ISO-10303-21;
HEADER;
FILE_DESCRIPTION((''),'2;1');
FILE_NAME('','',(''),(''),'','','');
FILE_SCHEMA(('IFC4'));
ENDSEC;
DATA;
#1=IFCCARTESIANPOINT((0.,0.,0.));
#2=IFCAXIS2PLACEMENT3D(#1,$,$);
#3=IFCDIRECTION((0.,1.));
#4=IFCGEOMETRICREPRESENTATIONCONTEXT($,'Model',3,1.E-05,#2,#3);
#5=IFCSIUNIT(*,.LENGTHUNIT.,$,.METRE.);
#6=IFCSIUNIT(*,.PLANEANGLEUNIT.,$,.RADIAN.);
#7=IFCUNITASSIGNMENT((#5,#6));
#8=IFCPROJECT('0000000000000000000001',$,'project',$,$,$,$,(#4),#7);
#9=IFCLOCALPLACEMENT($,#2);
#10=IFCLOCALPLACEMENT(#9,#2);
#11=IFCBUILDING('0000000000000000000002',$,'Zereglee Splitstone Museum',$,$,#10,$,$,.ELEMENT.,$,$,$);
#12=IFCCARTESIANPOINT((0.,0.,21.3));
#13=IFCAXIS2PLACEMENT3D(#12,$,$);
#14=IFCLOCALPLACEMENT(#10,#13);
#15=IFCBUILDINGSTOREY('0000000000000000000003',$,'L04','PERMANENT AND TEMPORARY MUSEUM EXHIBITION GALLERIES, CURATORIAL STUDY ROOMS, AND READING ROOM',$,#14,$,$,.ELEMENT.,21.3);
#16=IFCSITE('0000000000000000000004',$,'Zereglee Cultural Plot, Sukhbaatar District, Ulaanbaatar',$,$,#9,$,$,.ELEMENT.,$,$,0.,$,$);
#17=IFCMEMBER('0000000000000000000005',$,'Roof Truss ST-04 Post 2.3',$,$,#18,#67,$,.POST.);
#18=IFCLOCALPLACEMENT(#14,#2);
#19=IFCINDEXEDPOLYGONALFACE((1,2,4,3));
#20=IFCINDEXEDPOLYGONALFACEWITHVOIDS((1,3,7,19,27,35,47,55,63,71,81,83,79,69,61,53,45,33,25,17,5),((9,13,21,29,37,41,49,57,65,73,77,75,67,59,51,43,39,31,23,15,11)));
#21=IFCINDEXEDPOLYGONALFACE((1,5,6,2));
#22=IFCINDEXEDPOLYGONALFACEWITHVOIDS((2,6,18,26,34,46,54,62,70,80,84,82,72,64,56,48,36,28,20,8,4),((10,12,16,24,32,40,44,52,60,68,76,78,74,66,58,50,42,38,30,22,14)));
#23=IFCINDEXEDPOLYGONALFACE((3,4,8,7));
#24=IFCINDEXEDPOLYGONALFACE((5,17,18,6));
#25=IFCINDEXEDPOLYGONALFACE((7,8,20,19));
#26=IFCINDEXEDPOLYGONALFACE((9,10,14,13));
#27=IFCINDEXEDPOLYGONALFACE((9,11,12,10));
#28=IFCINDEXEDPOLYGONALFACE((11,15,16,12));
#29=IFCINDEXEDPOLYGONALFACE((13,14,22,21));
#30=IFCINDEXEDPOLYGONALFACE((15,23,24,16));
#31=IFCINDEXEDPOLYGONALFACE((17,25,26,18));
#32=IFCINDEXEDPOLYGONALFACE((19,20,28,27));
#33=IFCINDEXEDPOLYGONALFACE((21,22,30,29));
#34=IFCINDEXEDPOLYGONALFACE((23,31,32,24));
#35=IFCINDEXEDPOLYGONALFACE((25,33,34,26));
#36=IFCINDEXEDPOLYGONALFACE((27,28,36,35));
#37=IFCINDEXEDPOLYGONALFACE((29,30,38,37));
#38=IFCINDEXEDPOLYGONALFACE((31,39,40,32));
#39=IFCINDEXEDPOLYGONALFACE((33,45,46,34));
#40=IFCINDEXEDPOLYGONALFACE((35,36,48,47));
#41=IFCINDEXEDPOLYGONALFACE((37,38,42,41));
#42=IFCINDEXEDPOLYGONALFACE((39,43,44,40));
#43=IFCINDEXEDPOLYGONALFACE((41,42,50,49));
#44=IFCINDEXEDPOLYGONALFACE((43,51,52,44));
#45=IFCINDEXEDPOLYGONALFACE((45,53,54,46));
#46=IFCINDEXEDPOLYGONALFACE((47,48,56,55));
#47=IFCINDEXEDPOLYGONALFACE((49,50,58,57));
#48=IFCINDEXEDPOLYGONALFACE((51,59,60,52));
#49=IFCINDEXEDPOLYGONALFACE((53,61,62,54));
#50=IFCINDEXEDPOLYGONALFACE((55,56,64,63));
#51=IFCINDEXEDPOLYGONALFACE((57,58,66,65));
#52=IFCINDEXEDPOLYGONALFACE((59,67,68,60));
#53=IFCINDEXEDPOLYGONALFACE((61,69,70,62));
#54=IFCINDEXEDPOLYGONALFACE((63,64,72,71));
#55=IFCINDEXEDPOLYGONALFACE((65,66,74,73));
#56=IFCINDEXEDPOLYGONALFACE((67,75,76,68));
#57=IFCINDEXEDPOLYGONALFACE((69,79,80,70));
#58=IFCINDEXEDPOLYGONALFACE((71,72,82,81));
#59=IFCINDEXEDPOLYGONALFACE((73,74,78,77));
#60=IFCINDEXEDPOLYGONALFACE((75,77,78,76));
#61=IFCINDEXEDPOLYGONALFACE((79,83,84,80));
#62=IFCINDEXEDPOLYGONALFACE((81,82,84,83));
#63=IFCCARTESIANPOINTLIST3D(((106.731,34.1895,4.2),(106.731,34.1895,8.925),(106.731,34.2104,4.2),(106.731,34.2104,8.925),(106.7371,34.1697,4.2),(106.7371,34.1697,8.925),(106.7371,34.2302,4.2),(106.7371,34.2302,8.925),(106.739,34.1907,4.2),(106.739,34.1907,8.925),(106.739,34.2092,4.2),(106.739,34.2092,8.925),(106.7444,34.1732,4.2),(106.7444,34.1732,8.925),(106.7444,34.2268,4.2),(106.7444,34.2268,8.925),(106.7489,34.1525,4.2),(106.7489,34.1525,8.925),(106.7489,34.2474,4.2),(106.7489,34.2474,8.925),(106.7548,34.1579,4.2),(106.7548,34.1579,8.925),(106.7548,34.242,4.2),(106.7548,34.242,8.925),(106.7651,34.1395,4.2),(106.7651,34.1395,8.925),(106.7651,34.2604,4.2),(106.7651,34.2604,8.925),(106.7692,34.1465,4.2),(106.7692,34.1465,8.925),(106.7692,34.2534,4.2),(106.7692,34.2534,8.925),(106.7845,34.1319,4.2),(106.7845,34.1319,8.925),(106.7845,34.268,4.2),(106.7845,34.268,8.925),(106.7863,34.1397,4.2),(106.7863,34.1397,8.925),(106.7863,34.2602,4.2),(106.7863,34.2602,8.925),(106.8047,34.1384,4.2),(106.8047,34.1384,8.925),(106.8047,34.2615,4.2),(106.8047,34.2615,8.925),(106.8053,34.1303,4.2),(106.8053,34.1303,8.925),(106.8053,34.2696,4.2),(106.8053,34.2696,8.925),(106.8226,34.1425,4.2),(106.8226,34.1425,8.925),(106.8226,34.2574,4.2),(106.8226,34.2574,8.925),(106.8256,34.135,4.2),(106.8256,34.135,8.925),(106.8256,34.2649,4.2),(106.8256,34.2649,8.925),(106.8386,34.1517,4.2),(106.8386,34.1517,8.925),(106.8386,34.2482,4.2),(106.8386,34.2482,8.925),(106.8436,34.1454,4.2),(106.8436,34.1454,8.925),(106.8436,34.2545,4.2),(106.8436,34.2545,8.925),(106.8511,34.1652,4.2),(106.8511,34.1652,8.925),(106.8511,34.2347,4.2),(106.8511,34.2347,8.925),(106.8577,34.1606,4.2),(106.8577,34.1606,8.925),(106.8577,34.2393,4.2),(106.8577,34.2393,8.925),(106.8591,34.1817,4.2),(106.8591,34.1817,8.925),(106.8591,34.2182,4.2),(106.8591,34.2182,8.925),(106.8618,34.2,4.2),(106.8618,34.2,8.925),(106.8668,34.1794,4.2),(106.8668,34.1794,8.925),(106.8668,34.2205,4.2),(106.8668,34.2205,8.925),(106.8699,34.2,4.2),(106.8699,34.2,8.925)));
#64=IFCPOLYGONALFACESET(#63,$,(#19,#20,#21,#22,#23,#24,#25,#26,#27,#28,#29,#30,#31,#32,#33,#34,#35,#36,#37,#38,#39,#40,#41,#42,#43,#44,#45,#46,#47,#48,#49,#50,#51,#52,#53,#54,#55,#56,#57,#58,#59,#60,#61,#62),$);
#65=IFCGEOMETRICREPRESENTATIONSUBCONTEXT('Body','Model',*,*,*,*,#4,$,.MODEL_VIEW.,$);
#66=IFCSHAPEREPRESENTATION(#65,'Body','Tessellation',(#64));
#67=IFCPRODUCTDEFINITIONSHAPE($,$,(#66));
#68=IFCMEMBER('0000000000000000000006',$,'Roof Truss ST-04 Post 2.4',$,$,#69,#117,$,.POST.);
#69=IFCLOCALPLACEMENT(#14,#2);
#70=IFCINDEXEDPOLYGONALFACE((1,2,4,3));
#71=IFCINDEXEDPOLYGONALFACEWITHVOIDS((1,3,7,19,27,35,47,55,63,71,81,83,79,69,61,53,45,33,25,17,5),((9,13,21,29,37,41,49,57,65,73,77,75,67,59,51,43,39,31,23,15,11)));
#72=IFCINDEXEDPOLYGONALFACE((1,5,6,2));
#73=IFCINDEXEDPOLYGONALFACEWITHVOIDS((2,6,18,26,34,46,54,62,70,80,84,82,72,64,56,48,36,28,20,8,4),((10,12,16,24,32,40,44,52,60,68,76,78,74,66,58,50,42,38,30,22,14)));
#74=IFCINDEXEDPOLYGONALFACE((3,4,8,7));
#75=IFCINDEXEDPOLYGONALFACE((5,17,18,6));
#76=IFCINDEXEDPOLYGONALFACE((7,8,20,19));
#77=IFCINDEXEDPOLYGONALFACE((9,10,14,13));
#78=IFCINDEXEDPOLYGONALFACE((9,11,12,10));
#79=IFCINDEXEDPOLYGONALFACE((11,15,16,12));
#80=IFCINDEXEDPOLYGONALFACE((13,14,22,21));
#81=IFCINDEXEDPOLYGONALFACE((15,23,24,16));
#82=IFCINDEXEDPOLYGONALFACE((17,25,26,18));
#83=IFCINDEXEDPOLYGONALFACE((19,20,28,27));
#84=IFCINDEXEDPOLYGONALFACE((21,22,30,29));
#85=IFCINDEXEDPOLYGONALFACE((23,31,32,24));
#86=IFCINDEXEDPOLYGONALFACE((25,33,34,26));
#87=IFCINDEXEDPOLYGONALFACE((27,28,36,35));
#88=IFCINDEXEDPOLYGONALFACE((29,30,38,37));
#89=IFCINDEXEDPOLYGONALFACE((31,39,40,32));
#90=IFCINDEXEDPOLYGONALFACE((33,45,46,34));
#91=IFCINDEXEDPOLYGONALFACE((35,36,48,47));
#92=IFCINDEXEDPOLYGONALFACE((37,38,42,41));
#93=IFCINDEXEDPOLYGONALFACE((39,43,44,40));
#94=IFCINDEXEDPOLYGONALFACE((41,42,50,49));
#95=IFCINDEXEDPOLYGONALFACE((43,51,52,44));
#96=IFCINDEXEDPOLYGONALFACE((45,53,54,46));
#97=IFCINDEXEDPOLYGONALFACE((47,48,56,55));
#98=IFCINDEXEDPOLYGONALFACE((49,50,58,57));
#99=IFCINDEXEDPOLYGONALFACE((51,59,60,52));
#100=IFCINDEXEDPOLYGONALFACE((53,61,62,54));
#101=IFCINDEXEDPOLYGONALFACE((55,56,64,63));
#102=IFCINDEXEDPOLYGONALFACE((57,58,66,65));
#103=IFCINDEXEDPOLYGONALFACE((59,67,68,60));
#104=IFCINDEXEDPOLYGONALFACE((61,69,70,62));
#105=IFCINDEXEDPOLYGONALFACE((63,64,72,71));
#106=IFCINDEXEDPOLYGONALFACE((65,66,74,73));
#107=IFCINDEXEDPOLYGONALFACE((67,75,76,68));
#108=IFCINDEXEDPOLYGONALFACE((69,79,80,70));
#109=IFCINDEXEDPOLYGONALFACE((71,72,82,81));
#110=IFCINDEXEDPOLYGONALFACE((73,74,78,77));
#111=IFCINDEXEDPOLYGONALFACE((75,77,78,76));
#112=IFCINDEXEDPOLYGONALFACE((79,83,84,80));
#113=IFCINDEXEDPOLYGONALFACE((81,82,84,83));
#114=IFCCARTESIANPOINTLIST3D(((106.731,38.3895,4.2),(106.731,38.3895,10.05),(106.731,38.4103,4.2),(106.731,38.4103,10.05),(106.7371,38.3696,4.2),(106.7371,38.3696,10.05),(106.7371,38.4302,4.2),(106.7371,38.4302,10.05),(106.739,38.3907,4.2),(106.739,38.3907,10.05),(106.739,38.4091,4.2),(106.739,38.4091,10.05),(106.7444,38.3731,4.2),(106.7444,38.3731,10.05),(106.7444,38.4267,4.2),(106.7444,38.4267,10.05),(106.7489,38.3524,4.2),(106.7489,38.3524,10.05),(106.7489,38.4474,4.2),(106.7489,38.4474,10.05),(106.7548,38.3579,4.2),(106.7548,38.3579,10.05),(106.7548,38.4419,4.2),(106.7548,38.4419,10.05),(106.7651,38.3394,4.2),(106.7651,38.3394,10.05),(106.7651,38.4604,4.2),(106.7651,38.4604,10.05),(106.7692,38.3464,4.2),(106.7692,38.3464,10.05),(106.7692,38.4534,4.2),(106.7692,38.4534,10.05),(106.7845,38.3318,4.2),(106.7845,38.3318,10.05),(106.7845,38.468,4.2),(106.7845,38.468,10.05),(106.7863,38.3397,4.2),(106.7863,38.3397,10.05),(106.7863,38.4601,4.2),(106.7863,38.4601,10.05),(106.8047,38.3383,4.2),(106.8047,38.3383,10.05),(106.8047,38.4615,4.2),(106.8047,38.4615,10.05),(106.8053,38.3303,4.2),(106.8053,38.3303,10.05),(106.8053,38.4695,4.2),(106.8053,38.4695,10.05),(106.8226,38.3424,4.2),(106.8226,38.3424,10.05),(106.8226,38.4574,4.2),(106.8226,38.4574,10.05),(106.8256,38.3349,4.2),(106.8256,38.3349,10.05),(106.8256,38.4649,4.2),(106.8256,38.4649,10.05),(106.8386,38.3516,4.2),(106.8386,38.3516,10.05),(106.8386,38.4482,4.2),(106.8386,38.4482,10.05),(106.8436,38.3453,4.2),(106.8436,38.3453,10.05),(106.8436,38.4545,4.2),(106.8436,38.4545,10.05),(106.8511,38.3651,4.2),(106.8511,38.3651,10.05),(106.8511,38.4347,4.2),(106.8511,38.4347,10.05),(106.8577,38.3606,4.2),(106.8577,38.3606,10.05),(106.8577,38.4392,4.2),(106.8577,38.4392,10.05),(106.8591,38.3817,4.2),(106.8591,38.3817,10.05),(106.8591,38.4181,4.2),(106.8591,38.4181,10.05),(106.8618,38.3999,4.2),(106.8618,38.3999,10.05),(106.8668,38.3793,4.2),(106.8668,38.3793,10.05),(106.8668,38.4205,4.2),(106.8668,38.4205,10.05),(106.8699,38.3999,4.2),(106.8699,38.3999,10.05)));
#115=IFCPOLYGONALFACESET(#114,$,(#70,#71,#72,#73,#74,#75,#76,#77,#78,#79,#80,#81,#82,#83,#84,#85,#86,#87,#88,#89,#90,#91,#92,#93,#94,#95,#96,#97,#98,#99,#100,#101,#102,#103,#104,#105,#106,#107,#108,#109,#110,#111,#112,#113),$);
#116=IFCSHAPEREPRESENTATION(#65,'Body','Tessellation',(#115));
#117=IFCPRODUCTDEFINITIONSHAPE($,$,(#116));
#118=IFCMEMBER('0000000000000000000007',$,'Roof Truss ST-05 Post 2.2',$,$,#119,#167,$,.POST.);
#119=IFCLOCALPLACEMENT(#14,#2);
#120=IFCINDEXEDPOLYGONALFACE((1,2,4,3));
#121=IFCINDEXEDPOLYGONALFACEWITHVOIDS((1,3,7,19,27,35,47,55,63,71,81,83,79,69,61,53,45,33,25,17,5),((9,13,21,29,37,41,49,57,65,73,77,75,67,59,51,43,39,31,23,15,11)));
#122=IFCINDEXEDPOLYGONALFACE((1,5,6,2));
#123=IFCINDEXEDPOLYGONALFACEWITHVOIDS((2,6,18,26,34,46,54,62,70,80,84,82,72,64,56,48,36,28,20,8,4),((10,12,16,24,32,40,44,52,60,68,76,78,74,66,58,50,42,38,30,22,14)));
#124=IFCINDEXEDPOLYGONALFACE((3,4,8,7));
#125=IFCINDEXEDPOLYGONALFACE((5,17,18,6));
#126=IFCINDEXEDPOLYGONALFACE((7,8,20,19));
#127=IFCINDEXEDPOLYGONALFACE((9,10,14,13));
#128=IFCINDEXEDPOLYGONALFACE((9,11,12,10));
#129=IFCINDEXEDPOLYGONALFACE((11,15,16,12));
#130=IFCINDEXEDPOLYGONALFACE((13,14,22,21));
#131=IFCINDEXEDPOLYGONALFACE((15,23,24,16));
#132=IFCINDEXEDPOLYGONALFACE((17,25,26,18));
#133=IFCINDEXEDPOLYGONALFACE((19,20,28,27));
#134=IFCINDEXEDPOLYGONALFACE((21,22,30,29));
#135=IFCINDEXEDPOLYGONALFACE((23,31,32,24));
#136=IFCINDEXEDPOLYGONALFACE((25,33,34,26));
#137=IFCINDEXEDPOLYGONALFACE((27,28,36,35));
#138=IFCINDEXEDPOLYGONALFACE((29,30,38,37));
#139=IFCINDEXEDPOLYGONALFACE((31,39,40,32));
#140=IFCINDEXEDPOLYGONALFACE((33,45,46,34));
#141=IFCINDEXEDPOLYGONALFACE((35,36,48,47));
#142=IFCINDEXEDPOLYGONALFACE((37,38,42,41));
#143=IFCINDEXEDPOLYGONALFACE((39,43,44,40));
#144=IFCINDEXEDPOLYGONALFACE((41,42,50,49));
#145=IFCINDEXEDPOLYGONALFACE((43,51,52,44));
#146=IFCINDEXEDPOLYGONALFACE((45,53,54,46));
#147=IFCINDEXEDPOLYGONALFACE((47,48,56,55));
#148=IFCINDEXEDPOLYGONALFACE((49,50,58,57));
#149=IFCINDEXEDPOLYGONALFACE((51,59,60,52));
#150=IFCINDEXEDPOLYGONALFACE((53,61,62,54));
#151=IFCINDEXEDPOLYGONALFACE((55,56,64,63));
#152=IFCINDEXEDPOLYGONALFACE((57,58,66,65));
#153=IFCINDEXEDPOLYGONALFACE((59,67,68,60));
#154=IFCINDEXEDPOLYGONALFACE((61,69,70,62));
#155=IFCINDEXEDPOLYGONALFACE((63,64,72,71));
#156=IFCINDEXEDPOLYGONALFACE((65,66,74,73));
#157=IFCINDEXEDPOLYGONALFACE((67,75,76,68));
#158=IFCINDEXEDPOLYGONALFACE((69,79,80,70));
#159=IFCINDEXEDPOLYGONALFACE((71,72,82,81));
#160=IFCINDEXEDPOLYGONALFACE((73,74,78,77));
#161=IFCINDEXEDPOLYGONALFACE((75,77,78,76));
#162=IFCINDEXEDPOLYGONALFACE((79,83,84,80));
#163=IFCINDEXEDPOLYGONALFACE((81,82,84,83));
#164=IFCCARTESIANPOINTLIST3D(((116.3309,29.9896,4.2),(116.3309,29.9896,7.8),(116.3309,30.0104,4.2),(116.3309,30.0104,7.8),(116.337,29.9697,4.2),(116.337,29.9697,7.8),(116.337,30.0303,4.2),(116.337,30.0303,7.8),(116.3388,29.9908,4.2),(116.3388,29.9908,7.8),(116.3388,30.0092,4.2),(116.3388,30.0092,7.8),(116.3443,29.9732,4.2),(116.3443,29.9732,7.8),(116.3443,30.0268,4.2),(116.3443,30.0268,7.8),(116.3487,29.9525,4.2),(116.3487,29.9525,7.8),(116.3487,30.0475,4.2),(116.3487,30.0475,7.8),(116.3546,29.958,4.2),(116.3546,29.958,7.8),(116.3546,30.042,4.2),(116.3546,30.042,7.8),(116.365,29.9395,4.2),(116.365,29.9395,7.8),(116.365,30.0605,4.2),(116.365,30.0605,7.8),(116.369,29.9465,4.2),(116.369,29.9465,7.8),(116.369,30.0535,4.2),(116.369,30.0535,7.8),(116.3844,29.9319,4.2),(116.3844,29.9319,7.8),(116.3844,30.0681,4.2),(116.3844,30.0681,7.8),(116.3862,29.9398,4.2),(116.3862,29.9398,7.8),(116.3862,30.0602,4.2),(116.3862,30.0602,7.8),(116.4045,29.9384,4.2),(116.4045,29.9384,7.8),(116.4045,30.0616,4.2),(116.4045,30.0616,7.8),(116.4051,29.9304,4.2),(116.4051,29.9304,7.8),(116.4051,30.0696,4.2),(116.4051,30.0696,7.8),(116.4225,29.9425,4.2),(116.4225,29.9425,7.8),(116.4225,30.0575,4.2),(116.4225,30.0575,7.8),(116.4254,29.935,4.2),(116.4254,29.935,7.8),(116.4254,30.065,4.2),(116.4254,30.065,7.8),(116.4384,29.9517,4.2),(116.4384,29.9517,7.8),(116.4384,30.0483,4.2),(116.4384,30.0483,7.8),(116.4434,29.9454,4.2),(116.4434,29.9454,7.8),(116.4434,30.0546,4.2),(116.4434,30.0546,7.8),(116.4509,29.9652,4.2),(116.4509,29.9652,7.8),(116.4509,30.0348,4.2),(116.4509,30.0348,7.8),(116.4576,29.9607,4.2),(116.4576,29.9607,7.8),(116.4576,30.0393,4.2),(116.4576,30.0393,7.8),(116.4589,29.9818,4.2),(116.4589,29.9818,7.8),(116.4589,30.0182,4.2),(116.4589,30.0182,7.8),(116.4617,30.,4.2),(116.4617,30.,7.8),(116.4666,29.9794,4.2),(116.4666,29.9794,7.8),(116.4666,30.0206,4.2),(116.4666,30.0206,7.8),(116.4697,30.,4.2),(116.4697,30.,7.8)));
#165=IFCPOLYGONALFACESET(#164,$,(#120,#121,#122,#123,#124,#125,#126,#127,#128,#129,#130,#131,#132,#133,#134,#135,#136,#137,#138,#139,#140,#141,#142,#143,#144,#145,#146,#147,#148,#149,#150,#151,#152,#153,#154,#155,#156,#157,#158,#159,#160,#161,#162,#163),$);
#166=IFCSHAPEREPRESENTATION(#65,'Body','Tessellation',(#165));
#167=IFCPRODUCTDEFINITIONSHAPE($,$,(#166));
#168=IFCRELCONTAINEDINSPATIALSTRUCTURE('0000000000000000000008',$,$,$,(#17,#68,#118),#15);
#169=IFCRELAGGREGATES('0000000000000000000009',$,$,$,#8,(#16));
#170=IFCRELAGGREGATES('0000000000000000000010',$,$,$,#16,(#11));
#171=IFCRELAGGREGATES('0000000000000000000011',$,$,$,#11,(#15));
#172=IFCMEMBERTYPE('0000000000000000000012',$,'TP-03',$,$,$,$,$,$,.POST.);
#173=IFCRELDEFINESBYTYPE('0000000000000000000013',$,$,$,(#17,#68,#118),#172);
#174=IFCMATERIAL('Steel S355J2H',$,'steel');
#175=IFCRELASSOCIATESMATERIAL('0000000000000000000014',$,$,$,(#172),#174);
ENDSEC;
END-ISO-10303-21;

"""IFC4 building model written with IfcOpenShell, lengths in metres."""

from ifc_helpers import new_model, si_unit, direction, frame, origin, origin_2d, place, context, subcontext, project, spatial, hollow_circle, extrude, material, material_profile, profile_set, type_object, element, save


model = new_model("IFC4")

# Units and contexts
model_context = context("Model", 3, precision=1e-05, world=origin(), true_north=direction((0.0, 1.0)))
body_context = subcontext(model_context, "Body", "Model", "MODEL_VIEW")
ifc_project = project(units=[si_unit("LENGTHUNIT", "METRE"), si_unit("PLANEANGLEUNIT", "RADIAN")], contexts=[model_context])

# Site, building, storey
site_placement = place(None, origin())
site = spatial("IfcSite", under=ifc_project, at=site_placement, Name="Zereglee Cultural Plot, Sukhbaatar District, Ulaanbaatar", CompositionType="ELEMENT", RefElevation=0.0)
building_placement = place(site_placement, origin())
building = spatial("IfcBuilding", under=site, at=building_placement, Name="Zereglee Splitstone Museum", CompositionType="ELEMENT")
storey_placement = place(building_placement, frame((0.0, 0.0, 21.3)))
storey = spatial("IfcBuildingStorey", under=building, at=storey_placement, Name="L04", Description="PERMANENT AND TEMPORARY MUSEUM EXHIBITION GALLERIES, CURATORIAL STUDY ROOMS, AND READING ROOM", CompositionType="ELEMENT", Elevation=21.3)

# Shared definitions
ifc_material_1 = material(Name="Steel S355J2H", Category="steel")

# Members
ifc_material_profile_1 = material_profile(ifc_material_1, hollow_circle(Radius=0.0698, WallThickness=0.0081, at=origin_2d()), Name="CHS 139.7x8")
ifc_profile_set_1 = profile_set([ifc_material_profile_1], Name="Steel S355J2H")
member_type_1 = type_object("IfcMemberType", Name="TP-03", PredefinedType="POST", material=ifc_profile_set_1)
member_1_placement = place(storey_placement, frame((106.8, 34.2, 4.2), z_axis=(0.0, 0.0, 1.0), x_axis=(1.0, 0.0, 0.0)))
element("IfcMember", 1, at=member_1_placement, inside=storey, type_object=member_type_1, Name="Roof Truss ST-04 Post 2.3", PredefinedType="POST", context=body_context, shape_type="SweptSolid", body=[
    extrude(hollow_circle(Radius=0.0698, WallThickness=0.0081, at=origin_2d()), origin(), (0.0, 0.0, 1.0), 4.7251),
])
member_2_placement = place(storey_placement, frame((106.8, 38.3999, 4.2), z_axis=(0.0, 0.0, 1.0), x_axis=(1.0, 0.0, 0.0)))
element("IfcMember", 2, at=member_2_placement, inside=storey, type_object=member_type_1, Name="Roof Truss ST-04 Post 2.4", PredefinedType="POST", context=body_context, shape_type="SweptSolid", body=[
    extrude(hollow_circle(Radius=0.0698, WallThickness=0.0081, at=origin_2d()), origin(), (0.0, 0.0, 1.0), 5.8501),
])
member_3_placement = place(storey_placement, frame((116.3999, 30.0, 4.2), z_axis=(0.0, 0.0, 1.0), x_axis=(1.0, 0.0, 0.0)))
element("IfcMember", 3, at=member_3_placement, inside=storey, type_object=member_type_1, Name="Roof Truss ST-05 Post 2.2", PredefinedType="POST", context=body_context, shape_type="SweptSolid", body=[
    extrude(hollow_circle(Radius=0.0698, WallThickness=0.0081, at=origin_2d()), origin(), (0.0, 0.0, 1.0), 3.6001),
])

save(model, "model.ifc")
